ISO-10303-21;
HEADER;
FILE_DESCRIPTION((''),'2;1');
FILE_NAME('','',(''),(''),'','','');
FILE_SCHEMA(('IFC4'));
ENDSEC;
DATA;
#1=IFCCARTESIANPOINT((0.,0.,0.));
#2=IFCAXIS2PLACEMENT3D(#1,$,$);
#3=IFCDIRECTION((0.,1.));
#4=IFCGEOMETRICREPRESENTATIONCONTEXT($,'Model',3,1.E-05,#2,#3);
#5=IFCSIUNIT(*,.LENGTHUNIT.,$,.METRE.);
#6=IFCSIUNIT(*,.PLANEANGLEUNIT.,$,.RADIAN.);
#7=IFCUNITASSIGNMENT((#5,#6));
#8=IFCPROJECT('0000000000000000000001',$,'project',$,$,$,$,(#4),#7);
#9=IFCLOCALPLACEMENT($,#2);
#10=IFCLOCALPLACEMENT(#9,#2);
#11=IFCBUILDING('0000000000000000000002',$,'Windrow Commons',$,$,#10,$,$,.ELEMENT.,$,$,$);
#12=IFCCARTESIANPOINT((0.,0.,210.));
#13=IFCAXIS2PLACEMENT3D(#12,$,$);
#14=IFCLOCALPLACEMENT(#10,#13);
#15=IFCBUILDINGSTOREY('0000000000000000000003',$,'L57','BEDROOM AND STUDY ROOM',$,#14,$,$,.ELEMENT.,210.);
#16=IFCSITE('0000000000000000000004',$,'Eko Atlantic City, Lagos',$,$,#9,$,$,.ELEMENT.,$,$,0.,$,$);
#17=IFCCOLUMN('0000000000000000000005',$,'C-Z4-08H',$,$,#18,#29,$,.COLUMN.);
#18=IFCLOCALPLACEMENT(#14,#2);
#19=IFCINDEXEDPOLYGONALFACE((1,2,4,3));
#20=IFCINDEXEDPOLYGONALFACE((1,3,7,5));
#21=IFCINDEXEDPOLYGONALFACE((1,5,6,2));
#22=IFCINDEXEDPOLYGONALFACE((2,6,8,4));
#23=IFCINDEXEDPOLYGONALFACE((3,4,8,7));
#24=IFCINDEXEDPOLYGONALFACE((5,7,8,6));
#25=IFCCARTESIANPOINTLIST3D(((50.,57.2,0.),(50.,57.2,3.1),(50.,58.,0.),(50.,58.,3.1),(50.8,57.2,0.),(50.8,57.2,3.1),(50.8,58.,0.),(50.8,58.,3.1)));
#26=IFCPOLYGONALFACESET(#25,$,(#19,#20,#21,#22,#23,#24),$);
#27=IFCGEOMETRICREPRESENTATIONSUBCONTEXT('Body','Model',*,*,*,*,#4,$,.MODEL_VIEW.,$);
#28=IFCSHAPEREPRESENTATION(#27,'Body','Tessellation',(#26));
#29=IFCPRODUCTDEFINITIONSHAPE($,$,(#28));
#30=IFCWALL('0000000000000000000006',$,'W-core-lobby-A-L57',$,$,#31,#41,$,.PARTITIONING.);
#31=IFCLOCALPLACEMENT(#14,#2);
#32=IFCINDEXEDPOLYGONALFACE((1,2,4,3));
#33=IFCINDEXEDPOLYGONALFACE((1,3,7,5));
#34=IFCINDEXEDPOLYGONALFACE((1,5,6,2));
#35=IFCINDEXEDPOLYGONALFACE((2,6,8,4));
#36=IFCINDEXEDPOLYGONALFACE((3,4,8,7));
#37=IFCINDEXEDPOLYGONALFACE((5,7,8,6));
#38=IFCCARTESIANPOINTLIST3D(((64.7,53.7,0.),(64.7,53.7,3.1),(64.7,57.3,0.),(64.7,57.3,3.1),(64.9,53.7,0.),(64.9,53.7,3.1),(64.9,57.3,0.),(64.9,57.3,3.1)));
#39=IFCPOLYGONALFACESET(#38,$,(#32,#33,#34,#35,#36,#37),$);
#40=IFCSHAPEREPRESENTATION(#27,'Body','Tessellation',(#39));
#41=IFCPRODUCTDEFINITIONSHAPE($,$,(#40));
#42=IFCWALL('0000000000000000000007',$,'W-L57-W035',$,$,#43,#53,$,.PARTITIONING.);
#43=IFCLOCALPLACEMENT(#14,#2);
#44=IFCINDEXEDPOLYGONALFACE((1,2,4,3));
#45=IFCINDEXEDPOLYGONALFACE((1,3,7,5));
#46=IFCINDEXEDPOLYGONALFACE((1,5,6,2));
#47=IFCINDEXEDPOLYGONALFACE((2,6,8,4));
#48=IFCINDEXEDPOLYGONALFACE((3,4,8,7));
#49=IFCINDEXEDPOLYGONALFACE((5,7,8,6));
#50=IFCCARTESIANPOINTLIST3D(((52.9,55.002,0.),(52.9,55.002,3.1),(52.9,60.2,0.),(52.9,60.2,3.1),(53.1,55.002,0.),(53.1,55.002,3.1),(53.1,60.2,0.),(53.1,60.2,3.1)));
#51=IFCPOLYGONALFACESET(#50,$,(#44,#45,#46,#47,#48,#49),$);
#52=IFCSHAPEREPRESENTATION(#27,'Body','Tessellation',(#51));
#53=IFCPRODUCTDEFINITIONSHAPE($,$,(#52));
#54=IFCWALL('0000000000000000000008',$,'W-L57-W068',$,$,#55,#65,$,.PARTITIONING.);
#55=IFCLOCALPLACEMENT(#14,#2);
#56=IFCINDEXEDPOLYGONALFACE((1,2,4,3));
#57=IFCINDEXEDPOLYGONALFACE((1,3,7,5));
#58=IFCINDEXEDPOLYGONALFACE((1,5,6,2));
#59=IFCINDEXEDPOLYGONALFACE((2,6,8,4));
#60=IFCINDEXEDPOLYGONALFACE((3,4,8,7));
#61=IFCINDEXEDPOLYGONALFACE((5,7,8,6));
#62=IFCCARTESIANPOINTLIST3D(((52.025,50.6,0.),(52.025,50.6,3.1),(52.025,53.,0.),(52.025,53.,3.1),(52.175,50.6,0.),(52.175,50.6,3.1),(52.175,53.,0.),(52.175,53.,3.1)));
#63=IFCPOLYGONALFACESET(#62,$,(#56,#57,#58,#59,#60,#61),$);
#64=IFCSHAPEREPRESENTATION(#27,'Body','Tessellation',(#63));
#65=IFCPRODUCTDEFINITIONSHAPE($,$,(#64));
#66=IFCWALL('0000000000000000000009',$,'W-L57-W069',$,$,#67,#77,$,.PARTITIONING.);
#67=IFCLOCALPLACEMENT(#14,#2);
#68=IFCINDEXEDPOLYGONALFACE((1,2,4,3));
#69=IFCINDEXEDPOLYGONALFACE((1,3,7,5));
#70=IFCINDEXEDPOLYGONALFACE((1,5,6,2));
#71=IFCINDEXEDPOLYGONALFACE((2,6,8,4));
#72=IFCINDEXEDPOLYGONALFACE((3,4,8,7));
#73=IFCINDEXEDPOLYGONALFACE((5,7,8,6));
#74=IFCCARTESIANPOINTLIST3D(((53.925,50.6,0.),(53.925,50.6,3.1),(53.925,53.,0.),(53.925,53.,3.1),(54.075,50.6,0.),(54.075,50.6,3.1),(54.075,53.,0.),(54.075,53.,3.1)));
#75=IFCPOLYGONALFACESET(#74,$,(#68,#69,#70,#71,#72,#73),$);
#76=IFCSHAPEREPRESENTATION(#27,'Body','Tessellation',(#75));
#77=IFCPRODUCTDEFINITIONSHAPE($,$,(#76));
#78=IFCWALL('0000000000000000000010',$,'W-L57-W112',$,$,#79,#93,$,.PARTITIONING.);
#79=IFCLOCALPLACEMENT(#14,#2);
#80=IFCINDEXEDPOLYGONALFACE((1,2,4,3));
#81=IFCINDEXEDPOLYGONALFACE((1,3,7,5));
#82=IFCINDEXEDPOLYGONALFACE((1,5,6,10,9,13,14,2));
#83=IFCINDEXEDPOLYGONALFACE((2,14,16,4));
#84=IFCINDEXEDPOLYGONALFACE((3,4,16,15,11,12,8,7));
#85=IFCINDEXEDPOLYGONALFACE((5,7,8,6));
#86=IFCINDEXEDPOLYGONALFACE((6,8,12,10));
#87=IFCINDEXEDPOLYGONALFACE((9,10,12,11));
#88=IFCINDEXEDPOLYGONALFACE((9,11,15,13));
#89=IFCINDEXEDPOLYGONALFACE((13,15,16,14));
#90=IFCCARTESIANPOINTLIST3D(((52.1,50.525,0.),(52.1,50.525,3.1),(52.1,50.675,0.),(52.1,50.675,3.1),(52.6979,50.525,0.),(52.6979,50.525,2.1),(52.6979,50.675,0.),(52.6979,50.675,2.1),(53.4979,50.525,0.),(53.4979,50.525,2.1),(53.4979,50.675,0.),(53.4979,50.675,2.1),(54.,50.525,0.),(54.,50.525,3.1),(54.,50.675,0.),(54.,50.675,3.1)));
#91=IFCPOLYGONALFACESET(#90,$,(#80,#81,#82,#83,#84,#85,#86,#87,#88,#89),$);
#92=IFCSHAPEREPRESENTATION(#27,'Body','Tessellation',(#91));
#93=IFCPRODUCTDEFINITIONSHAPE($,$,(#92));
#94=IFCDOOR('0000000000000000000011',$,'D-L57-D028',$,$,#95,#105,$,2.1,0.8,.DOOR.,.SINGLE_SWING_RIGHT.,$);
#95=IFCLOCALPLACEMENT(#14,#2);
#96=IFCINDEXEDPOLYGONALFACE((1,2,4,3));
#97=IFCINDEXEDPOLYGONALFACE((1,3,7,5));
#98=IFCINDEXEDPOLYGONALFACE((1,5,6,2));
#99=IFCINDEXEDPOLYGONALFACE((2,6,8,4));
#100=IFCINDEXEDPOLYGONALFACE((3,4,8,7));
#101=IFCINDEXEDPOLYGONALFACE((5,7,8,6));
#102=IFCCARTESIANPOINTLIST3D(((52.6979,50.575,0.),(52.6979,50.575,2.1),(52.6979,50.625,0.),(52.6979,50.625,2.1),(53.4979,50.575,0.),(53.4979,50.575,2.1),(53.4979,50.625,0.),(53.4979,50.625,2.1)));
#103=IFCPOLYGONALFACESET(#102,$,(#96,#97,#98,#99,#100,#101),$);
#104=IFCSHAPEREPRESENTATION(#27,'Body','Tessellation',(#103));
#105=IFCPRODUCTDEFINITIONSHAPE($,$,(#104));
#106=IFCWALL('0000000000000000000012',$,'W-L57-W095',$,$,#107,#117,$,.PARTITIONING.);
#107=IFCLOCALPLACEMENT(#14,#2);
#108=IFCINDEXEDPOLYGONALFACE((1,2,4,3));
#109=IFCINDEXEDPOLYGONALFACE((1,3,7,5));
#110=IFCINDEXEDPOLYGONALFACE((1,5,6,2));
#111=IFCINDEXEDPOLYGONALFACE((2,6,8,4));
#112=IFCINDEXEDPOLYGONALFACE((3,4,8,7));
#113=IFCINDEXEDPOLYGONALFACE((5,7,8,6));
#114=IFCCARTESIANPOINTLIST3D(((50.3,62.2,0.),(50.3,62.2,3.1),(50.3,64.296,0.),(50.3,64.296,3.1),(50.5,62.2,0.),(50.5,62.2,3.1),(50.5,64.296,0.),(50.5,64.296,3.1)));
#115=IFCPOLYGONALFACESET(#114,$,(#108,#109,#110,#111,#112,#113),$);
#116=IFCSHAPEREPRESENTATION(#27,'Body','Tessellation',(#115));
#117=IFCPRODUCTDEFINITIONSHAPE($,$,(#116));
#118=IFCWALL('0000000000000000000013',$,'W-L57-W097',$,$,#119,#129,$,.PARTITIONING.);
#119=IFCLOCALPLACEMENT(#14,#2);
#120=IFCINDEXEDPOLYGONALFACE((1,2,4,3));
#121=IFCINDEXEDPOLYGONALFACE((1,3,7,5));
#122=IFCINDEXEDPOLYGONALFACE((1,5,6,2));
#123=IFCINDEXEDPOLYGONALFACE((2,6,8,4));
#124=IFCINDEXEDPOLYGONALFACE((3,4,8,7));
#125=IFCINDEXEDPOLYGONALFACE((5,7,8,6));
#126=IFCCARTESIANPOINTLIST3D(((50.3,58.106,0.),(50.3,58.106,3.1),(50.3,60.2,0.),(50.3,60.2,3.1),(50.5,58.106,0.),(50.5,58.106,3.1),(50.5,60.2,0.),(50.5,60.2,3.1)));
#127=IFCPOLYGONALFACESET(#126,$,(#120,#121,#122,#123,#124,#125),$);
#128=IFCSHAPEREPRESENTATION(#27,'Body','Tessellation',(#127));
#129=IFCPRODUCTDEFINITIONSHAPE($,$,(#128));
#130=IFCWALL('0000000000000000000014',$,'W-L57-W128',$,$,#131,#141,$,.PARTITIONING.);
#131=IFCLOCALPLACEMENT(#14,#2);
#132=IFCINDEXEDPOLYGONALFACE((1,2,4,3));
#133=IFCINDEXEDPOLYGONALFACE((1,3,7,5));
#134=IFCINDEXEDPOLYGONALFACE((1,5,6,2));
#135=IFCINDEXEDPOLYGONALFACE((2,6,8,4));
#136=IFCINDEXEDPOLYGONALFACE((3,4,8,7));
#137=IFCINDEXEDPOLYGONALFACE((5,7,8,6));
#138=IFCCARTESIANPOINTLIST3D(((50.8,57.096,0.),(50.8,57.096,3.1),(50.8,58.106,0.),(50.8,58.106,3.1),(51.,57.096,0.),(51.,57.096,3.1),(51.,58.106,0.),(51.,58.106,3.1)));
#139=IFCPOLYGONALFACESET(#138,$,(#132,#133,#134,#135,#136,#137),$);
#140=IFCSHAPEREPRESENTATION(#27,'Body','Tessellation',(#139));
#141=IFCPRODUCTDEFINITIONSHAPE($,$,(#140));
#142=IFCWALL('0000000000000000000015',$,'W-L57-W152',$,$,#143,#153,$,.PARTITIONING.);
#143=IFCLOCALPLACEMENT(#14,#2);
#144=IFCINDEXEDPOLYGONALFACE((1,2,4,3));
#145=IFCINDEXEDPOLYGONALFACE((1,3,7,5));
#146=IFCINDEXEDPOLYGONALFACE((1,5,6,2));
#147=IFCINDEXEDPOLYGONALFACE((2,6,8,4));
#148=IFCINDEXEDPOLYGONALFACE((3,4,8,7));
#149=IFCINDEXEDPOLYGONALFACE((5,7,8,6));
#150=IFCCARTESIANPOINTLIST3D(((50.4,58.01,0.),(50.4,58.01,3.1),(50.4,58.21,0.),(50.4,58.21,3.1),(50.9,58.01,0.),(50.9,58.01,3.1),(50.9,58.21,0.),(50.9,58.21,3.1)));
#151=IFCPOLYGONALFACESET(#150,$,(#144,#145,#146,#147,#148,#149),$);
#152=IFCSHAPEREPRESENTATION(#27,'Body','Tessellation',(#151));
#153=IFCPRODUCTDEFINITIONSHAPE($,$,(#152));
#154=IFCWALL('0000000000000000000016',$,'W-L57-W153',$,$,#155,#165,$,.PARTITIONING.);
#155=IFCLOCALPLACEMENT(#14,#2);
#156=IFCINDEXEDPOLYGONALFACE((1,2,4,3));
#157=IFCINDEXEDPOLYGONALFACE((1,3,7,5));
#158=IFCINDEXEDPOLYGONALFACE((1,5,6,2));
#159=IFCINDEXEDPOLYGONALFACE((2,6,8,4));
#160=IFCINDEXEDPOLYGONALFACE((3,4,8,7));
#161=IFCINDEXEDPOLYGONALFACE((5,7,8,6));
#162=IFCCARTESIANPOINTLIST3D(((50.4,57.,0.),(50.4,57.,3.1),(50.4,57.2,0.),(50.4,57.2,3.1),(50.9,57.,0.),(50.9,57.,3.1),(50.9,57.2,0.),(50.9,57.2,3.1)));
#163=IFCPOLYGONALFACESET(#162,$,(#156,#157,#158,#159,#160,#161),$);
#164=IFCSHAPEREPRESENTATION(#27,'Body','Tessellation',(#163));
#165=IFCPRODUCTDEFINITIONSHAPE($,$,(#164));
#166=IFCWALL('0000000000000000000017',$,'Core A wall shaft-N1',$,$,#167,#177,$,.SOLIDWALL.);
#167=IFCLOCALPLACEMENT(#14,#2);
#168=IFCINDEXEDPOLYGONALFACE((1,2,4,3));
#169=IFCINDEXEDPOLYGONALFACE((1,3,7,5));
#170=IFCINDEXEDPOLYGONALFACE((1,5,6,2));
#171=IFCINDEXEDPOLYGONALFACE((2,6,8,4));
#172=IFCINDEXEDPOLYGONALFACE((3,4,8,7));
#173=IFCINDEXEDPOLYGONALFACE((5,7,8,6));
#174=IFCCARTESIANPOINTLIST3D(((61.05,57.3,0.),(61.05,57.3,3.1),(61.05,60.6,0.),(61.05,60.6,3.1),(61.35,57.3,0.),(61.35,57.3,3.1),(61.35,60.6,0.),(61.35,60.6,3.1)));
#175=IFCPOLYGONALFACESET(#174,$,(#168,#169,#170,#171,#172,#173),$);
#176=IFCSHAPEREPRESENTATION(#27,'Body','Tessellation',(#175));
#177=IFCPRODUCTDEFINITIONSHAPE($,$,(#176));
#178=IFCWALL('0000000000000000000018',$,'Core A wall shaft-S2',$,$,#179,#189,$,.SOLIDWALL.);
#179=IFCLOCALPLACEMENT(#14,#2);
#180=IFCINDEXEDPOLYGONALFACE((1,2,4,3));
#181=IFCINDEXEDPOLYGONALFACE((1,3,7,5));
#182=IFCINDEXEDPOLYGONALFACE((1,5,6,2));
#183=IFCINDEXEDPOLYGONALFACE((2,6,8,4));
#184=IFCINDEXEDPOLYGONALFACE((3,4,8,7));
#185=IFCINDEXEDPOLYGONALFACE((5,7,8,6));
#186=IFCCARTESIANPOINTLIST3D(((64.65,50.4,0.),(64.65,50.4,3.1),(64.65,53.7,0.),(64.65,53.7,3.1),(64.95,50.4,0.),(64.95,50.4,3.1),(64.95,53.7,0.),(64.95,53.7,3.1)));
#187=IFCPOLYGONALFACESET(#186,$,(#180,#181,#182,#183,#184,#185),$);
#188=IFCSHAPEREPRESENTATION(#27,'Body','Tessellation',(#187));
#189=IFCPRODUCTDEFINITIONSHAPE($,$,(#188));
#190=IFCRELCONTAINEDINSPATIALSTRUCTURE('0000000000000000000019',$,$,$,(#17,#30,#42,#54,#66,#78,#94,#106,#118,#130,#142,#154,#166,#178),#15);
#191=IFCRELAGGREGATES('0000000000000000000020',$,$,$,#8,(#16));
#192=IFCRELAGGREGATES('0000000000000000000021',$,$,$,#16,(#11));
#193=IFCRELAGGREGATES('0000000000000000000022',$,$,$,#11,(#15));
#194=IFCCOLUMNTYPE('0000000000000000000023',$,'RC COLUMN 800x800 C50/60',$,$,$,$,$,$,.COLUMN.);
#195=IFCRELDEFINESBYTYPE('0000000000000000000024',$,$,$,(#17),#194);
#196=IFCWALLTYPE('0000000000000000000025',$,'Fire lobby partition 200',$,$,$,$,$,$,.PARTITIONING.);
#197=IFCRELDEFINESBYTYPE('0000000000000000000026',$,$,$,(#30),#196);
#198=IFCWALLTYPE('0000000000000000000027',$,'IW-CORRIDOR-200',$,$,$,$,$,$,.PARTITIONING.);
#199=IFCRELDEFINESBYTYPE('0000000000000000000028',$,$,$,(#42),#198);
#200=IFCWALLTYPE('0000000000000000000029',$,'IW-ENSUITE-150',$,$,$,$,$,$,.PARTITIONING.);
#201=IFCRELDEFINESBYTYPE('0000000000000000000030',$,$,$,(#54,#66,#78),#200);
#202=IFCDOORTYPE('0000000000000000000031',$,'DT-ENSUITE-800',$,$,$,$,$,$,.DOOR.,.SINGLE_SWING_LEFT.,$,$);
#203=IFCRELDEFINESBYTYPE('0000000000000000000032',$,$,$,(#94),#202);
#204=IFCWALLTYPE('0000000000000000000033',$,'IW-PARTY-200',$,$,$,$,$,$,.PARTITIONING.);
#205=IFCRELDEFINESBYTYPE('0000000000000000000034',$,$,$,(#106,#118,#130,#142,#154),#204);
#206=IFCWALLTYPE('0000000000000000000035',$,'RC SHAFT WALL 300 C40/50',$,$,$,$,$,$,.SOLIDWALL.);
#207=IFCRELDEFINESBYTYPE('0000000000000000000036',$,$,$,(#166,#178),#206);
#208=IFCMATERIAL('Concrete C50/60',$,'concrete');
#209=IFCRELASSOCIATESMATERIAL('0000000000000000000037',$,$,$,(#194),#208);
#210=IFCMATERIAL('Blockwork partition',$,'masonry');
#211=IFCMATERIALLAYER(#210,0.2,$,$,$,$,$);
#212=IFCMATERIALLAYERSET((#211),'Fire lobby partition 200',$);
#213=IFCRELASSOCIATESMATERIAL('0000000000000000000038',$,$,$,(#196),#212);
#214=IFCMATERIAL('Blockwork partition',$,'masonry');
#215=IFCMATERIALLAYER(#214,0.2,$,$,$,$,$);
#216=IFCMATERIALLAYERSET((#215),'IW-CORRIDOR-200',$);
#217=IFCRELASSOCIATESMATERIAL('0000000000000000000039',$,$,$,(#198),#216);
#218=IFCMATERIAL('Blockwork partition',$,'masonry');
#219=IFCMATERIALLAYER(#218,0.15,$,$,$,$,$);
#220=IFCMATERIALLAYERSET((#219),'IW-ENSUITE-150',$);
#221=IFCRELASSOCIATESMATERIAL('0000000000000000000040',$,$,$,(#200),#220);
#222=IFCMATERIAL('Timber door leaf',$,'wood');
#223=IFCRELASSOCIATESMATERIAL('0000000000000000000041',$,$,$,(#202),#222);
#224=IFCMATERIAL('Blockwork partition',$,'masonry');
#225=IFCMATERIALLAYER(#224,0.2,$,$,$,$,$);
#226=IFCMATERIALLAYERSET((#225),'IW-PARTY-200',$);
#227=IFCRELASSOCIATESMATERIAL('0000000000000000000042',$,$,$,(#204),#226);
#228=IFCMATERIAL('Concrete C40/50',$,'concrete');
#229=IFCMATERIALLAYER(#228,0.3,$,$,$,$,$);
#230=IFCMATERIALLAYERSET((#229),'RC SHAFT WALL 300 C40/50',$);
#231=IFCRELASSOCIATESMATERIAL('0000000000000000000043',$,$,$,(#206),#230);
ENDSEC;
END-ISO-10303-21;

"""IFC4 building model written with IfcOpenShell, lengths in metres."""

from ifc_helpers import new_model, si_unit, direction, frame, frame_2d, origin, origin_2d, place, context, subcontext, project, spatial, rectangle, extrude, material, layer, layer_set, material_profile, profile_set, type_object, element, fill, save


model = new_model("IFC4")

# Units and contexts
model_context = context("Model", 3, precision=1e-05, world=origin(), true_north=direction((0.0, 1.0)))
body_context = subcontext(model_context, "Body", "Model", "MODEL_VIEW")
ifc_project = project(units=[si_unit("LENGTHUNIT", "METRE"), si_unit("PLANEANGLEUNIT", "RADIAN")], contexts=[model_context])

# Site, building, storey
site_placement = place(None, origin())
site = spatial("IfcSite", under=ifc_project, at=site_placement, Name="Eko Atlantic City, Lagos", CompositionType="ELEMENT", RefElevation=0.0)
building_placement = place(site_placement, origin())
building = spatial("IfcBuilding", under=site, at=building_placement, Name="Windrow Commons", CompositionType="ELEMENT")
storey_placement = place(building_placement, frame((0.0, 0.0, 210.0)))
storey = spatial("IfcBuildingStorey", under=building, at=storey_placement, Name="L57", Description="BEDROOM AND STUDY ROOM", CompositionType="ELEMENT", Elevation=210.0)

# Column
ifc_material_1 = material(Name="Concrete C50/60", Category="concrete")
ifc_material_profile = material_profile(ifc_material_1, rectangle(XDim=0.8, YDim=0.8, at=origin_2d()))
ifc_profile_set = profile_set([ifc_material_profile], Name="Concrete C50/60")
column_type = type_object("IfcColumnType", Name="RC COLUMN 800x800 C50/60", PredefinedType="COLUMN", material=ifc_profile_set)
column_placement = place(storey_placement, frame((50.4, 57.6, 0.0), z_axis=(0.0, 0.0, 1.0), x_axis=(1.0, 0.0, 0.0)))
element("IfcColumn", 1, at=column_placement, inside=storey, type_object=column_type, Name="C-Z4-08H", PredefinedType="COLUMN", context=body_context, shape_type="SweptSolid", body=[
    extrude(rectangle(XDim=0.8, YDim=0.8, at=origin_2d()), origin(), (0.0, 0.0, 1.0), 3.1),
])

# Walls
ifc_material_2 = material(Name="Blockwork partition", Category="masonry")
ifc_layer_1 = layer(ifc_material_2, 0.2)
ifc_layer_set_1 = layer_set([ifc_layer_1], Name="Fire lobby partition 200")
wall_type_1 = type_object("IfcWallType", Name="Fire lobby partition 200", PredefinedType="PARTITIONING", material=ifc_layer_set_1)
wall_1_placement = place(storey_placement, frame((64.8, 53.7, 0.0), z_axis=(0.0, 0.0, 1.0), x_axis=(0.0, 1.0, 0.0)))
element("IfcWall", 2, at=wall_1_placement, inside=storey, type_object=wall_type_1, Name="W-core-lobby-A-L57", PredefinedType="PARTITIONING", context=body_context, shape_type="SweptSolid", body=[
    extrude(rectangle(XDim=3.6, YDim=0.2, at=frame_2d((1.8, 0.0))), origin(), (0.0, 0.0, 1.0), 3.1),
])
ifc_material_3 = material(Name="Blockwork partition", Category="masonry")
ifc_layer_2 = layer(ifc_material_3, 0.2)
ifc_layer_set_2 = layer_set([ifc_layer_2], Name="IW-CORRIDOR-200")
wall_type_2 = type_object("IfcWallType", Name="IW-CORRIDOR-200", PredefinedType="PARTITIONING", material=ifc_layer_set_2)
wall_2_placement = place(storey_placement, frame((53.0, 55.002, 0.0), z_axis=(0.0, 0.0, 1.0), x_axis=(0.0, 1.0, 0.0)))
element("IfcWall", 3, at=wall_2_placement, inside=storey, type_object=wall_type_2, Name="W-L57-W035", PredefinedType="PARTITIONING", context=body_context, shape_type="SweptSolid", body=[
    extrude(rectangle(XDim=5.198, YDim=0.2, at=frame_2d((2.599, 0.0))), origin(), (0.0, 0.0, 1.0), 3.1),
])
ifc_material_4 = material(Name="Blockwork partition", Category="masonry")
ifc_layer_3 = layer(ifc_material_4, 0.15)
ifc_layer_set_3 = layer_set([ifc_layer_3], Name="IW-ENSUITE-150")
wall_type_3 = type_object("IfcWallType", Name="IW-ENSUITE-150", PredefinedType="PARTITIONING", material=ifc_layer_set_3)
for number, where, z_axis, x_axis, name in (
    (4, (52.1, 50.6, 0.0), (0.0, 0.0, 1.0), (0.0, 1.0, 0.0), "W-L57-W068"),
    (5, (54.0, 50.6, 0.0), (0.0, 0.0, 1.0), (0.0, 1.0, 0.0), "W-L57-W069"),
):
    element("IfcWall", number, at=place(storey_placement, frame(where, z_axis=z_axis, x_axis=x_axis)), inside=storey, type_object=wall_type_3, Name=name, PredefinedType="PARTITIONING", context=body_context, shape_type="SweptSolid", body=[
        extrude(rectangle(XDim=2.4, YDim=0.15, at=frame_2d((1.2, 0.0))), origin(), (0.0, 0.0, 1.0), 3.1),
    ])

# Wall, opening, door
wall_3_placement = place(storey_placement, frame((52.1, 50.6, 0.0), z_axis=(0.0, 0.0, 1.0), x_axis=(1.0, 0.0, 0.0)))
wall_3 = element("IfcWall", 6, at=wall_3_placement, inside=storey, type_object=wall_type_3, Name="W-L57-W112", PredefinedType="PARTITIONING", context=body_context, shape_type="SweptSolid", body=[
    extrude(rectangle(XDim=1.9, YDim=0.15, at=frame_2d((0.95, 0.0))), origin(), (0.0, 0.0, 1.0), 3.1),
])
opening_1_placement = place(wall_3_placement, frame((0.5979, 0.0, 0.0)))
opening_1 = element("IfcOpeningElement", 7, at=opening_1_placement, cuts=wall_3, PredefinedType="OPENING", context=body_context, shape_type="SweptSolid", body=[
    extrude(rectangle(XDim=0.8, YDim=2.1, at=frame_2d((0.4, 1.05))), frame((0.0, 0.085, 0.0), z_axis=(0.0, -1.0, 0.0), x_axis=(1.0, 0.0, 0.0)), (0.0, 0.0, 1.0), 0.17),
])
ifc_material_5 = material(Name="Timber door leaf", Category="wood")
door_type_1 = type_object("IfcDoorType", Name="DT-ENSUITE-800", OperationType="SINGLE_SWING_LEFT", PredefinedType="DOOR", material=ifc_material_5)
door_1_placement = place(opening_1_placement, origin())
door_1 = element("IfcDoor", 8, at=door_1_placement, inside=storey, type_object=door_type_1, Name="D-L57-D028", OperationType="SINGLE_SWING_RIGHT", OverallHeight=2.1, OverallWidth=0.8, PredefinedType="DOOR", context=body_context, shape_type="SweptSolid", body=[
    extrude(rectangle(XDim=0.8, YDim=2.1, at=frame_2d((0.4, 1.05))), frame((0.0, 0.025, 0.0), z_axis=(0.0, -1.0, 0.0), x_axis=(1.0, 0.0, 0.0)), (0.0, 0.0, 1.0), 0.05),
])
fill(opening_1, door_1)

# Walls
ifc_material_6 = material(Name="Blockwork partition", Category="masonry")
ifc_layer_4 = layer(ifc_material_6, 0.2)
ifc_layer_set_4 = layer_set([ifc_layer_4], Name="IW-PARTY-200")
wall_type_4 = type_object("IfcWallType", Name="IW-PARTY-200", PredefinedType="PARTITIONING", material=ifc_layer_set_4)
wall_4_placement = place(storey_placement, frame((50.4, 62.2, 0.0), z_axis=(0.0, 0.0, 1.0), x_axis=(0.0, 1.0, 0.0)))
element("IfcWall", 9, at=wall_4_placement, inside=storey, type_object=wall_type_4, Name="W-L57-W095", PredefinedType="PARTITIONING", context=body_context, shape_type="SweptSolid", body=[
    extrude(rectangle(XDim=2.096, YDim=0.2, at=frame_2d((1.048, 0.0))), origin(), (0.0, 0.0, 1.0), 3.1),
])
wall_5_placement = place(storey_placement, frame((50.4, 58.106, 0.0), z_axis=(0.0, 0.0, 1.0), x_axis=(0.0, 1.0, 0.0)))
element("IfcWall", 10, at=wall_5_placement, inside=storey, type_object=wall_type_4, Name="W-L57-W097", PredefinedType="PARTITIONING", context=body_context, shape_type="SweptSolid", body=[
    extrude(rectangle(XDim=2.094, YDim=0.2, at=frame_2d((1.047, 0.0))), origin(), (0.0, 0.0, 1.0), 3.1),
])
wall_6_placement = place(storey_placement, frame((50.9, 57.096, 0.0), z_axis=(0.0, 0.0, 1.0), x_axis=(0.0, 1.0, 0.0)))
element("IfcWall", 11, at=wall_6_placement, inside=storey, type_object=wall_type_4, Name="W-L57-W128", PredefinedType="PARTITIONING", context=body_context, shape_type="SweptSolid", body=[
    extrude(rectangle(XDim=1.01, YDim=0.2, at=frame_2d((0.505, 0.0))), origin(), (0.0, 0.0, 1.0), 3.1),
])
for number, where, z_axis, x_axis, name in (
    (12, (50.4, 58.11, 0.0), (0.0, 0.0, 1.0), (1.0, 0.0, 0.0), "W-L57-W152"),
    (13, (50.4, 57.1, 0.0), (0.0, 0.0, 1.0), (1.0, 0.0, 0.0), "W-L57-W153"),
):
    element("IfcWall", number, at=place(storey_placement, frame(where, z_axis=z_axis, x_axis=x_axis)), inside=storey, type_object=wall_type_4, Name=name, PredefinedType="PARTITIONING", context=body_context, shape_type="SweptSolid", body=[
        extrude(rectangle(XDim=0.5, YDim=0.2, at=frame_2d((0.25, 0.0))), origin(), (0.0, 0.0, 1.0), 3.1),
    ])
ifc_material_7 = material(Name="Concrete C40/50", Category="concrete")
ifc_layer_5 = layer(ifc_material_7, 0.3)
ifc_layer_set_5 = layer_set([ifc_layer_5], Name="RC SHAFT WALL 300 C40/50")
wall_type_5 = type_object("IfcWallType", Name="RC SHAFT WALL 300 C40/50", PredefinedType="SOLIDWALL", material=ifc_layer_set_5)
for number, where, z_axis, x_axis, name in (
    (14, (61.2, 57.3, 0.0), (0.0, 0.0, 1.0), (0.0, 1.0, 0.0), "Core A wall shaft-N1"),
    (15, (64.8, 50.4, 0.0), (0.0, 0.0, 1.0), (0.0, 1.0, 0.0), "Core A wall shaft-S2"),
):
    element("IfcWall", number, at=place(storey_placement, frame(where, z_axis=z_axis, x_axis=x_axis)), inside=storey, type_object=wall_type_5, Name=name, PredefinedType="SOLIDWALL", context=body_context, shape_type="SweptSolid", body=[
        extrude(rectangle(XDim=3.3, YDim=0.3, at=frame_2d((1.65, 0.0))), origin(), (0.0, 0.0, 1.0), 3.1),
    ])

save(model, "model.ifc")
